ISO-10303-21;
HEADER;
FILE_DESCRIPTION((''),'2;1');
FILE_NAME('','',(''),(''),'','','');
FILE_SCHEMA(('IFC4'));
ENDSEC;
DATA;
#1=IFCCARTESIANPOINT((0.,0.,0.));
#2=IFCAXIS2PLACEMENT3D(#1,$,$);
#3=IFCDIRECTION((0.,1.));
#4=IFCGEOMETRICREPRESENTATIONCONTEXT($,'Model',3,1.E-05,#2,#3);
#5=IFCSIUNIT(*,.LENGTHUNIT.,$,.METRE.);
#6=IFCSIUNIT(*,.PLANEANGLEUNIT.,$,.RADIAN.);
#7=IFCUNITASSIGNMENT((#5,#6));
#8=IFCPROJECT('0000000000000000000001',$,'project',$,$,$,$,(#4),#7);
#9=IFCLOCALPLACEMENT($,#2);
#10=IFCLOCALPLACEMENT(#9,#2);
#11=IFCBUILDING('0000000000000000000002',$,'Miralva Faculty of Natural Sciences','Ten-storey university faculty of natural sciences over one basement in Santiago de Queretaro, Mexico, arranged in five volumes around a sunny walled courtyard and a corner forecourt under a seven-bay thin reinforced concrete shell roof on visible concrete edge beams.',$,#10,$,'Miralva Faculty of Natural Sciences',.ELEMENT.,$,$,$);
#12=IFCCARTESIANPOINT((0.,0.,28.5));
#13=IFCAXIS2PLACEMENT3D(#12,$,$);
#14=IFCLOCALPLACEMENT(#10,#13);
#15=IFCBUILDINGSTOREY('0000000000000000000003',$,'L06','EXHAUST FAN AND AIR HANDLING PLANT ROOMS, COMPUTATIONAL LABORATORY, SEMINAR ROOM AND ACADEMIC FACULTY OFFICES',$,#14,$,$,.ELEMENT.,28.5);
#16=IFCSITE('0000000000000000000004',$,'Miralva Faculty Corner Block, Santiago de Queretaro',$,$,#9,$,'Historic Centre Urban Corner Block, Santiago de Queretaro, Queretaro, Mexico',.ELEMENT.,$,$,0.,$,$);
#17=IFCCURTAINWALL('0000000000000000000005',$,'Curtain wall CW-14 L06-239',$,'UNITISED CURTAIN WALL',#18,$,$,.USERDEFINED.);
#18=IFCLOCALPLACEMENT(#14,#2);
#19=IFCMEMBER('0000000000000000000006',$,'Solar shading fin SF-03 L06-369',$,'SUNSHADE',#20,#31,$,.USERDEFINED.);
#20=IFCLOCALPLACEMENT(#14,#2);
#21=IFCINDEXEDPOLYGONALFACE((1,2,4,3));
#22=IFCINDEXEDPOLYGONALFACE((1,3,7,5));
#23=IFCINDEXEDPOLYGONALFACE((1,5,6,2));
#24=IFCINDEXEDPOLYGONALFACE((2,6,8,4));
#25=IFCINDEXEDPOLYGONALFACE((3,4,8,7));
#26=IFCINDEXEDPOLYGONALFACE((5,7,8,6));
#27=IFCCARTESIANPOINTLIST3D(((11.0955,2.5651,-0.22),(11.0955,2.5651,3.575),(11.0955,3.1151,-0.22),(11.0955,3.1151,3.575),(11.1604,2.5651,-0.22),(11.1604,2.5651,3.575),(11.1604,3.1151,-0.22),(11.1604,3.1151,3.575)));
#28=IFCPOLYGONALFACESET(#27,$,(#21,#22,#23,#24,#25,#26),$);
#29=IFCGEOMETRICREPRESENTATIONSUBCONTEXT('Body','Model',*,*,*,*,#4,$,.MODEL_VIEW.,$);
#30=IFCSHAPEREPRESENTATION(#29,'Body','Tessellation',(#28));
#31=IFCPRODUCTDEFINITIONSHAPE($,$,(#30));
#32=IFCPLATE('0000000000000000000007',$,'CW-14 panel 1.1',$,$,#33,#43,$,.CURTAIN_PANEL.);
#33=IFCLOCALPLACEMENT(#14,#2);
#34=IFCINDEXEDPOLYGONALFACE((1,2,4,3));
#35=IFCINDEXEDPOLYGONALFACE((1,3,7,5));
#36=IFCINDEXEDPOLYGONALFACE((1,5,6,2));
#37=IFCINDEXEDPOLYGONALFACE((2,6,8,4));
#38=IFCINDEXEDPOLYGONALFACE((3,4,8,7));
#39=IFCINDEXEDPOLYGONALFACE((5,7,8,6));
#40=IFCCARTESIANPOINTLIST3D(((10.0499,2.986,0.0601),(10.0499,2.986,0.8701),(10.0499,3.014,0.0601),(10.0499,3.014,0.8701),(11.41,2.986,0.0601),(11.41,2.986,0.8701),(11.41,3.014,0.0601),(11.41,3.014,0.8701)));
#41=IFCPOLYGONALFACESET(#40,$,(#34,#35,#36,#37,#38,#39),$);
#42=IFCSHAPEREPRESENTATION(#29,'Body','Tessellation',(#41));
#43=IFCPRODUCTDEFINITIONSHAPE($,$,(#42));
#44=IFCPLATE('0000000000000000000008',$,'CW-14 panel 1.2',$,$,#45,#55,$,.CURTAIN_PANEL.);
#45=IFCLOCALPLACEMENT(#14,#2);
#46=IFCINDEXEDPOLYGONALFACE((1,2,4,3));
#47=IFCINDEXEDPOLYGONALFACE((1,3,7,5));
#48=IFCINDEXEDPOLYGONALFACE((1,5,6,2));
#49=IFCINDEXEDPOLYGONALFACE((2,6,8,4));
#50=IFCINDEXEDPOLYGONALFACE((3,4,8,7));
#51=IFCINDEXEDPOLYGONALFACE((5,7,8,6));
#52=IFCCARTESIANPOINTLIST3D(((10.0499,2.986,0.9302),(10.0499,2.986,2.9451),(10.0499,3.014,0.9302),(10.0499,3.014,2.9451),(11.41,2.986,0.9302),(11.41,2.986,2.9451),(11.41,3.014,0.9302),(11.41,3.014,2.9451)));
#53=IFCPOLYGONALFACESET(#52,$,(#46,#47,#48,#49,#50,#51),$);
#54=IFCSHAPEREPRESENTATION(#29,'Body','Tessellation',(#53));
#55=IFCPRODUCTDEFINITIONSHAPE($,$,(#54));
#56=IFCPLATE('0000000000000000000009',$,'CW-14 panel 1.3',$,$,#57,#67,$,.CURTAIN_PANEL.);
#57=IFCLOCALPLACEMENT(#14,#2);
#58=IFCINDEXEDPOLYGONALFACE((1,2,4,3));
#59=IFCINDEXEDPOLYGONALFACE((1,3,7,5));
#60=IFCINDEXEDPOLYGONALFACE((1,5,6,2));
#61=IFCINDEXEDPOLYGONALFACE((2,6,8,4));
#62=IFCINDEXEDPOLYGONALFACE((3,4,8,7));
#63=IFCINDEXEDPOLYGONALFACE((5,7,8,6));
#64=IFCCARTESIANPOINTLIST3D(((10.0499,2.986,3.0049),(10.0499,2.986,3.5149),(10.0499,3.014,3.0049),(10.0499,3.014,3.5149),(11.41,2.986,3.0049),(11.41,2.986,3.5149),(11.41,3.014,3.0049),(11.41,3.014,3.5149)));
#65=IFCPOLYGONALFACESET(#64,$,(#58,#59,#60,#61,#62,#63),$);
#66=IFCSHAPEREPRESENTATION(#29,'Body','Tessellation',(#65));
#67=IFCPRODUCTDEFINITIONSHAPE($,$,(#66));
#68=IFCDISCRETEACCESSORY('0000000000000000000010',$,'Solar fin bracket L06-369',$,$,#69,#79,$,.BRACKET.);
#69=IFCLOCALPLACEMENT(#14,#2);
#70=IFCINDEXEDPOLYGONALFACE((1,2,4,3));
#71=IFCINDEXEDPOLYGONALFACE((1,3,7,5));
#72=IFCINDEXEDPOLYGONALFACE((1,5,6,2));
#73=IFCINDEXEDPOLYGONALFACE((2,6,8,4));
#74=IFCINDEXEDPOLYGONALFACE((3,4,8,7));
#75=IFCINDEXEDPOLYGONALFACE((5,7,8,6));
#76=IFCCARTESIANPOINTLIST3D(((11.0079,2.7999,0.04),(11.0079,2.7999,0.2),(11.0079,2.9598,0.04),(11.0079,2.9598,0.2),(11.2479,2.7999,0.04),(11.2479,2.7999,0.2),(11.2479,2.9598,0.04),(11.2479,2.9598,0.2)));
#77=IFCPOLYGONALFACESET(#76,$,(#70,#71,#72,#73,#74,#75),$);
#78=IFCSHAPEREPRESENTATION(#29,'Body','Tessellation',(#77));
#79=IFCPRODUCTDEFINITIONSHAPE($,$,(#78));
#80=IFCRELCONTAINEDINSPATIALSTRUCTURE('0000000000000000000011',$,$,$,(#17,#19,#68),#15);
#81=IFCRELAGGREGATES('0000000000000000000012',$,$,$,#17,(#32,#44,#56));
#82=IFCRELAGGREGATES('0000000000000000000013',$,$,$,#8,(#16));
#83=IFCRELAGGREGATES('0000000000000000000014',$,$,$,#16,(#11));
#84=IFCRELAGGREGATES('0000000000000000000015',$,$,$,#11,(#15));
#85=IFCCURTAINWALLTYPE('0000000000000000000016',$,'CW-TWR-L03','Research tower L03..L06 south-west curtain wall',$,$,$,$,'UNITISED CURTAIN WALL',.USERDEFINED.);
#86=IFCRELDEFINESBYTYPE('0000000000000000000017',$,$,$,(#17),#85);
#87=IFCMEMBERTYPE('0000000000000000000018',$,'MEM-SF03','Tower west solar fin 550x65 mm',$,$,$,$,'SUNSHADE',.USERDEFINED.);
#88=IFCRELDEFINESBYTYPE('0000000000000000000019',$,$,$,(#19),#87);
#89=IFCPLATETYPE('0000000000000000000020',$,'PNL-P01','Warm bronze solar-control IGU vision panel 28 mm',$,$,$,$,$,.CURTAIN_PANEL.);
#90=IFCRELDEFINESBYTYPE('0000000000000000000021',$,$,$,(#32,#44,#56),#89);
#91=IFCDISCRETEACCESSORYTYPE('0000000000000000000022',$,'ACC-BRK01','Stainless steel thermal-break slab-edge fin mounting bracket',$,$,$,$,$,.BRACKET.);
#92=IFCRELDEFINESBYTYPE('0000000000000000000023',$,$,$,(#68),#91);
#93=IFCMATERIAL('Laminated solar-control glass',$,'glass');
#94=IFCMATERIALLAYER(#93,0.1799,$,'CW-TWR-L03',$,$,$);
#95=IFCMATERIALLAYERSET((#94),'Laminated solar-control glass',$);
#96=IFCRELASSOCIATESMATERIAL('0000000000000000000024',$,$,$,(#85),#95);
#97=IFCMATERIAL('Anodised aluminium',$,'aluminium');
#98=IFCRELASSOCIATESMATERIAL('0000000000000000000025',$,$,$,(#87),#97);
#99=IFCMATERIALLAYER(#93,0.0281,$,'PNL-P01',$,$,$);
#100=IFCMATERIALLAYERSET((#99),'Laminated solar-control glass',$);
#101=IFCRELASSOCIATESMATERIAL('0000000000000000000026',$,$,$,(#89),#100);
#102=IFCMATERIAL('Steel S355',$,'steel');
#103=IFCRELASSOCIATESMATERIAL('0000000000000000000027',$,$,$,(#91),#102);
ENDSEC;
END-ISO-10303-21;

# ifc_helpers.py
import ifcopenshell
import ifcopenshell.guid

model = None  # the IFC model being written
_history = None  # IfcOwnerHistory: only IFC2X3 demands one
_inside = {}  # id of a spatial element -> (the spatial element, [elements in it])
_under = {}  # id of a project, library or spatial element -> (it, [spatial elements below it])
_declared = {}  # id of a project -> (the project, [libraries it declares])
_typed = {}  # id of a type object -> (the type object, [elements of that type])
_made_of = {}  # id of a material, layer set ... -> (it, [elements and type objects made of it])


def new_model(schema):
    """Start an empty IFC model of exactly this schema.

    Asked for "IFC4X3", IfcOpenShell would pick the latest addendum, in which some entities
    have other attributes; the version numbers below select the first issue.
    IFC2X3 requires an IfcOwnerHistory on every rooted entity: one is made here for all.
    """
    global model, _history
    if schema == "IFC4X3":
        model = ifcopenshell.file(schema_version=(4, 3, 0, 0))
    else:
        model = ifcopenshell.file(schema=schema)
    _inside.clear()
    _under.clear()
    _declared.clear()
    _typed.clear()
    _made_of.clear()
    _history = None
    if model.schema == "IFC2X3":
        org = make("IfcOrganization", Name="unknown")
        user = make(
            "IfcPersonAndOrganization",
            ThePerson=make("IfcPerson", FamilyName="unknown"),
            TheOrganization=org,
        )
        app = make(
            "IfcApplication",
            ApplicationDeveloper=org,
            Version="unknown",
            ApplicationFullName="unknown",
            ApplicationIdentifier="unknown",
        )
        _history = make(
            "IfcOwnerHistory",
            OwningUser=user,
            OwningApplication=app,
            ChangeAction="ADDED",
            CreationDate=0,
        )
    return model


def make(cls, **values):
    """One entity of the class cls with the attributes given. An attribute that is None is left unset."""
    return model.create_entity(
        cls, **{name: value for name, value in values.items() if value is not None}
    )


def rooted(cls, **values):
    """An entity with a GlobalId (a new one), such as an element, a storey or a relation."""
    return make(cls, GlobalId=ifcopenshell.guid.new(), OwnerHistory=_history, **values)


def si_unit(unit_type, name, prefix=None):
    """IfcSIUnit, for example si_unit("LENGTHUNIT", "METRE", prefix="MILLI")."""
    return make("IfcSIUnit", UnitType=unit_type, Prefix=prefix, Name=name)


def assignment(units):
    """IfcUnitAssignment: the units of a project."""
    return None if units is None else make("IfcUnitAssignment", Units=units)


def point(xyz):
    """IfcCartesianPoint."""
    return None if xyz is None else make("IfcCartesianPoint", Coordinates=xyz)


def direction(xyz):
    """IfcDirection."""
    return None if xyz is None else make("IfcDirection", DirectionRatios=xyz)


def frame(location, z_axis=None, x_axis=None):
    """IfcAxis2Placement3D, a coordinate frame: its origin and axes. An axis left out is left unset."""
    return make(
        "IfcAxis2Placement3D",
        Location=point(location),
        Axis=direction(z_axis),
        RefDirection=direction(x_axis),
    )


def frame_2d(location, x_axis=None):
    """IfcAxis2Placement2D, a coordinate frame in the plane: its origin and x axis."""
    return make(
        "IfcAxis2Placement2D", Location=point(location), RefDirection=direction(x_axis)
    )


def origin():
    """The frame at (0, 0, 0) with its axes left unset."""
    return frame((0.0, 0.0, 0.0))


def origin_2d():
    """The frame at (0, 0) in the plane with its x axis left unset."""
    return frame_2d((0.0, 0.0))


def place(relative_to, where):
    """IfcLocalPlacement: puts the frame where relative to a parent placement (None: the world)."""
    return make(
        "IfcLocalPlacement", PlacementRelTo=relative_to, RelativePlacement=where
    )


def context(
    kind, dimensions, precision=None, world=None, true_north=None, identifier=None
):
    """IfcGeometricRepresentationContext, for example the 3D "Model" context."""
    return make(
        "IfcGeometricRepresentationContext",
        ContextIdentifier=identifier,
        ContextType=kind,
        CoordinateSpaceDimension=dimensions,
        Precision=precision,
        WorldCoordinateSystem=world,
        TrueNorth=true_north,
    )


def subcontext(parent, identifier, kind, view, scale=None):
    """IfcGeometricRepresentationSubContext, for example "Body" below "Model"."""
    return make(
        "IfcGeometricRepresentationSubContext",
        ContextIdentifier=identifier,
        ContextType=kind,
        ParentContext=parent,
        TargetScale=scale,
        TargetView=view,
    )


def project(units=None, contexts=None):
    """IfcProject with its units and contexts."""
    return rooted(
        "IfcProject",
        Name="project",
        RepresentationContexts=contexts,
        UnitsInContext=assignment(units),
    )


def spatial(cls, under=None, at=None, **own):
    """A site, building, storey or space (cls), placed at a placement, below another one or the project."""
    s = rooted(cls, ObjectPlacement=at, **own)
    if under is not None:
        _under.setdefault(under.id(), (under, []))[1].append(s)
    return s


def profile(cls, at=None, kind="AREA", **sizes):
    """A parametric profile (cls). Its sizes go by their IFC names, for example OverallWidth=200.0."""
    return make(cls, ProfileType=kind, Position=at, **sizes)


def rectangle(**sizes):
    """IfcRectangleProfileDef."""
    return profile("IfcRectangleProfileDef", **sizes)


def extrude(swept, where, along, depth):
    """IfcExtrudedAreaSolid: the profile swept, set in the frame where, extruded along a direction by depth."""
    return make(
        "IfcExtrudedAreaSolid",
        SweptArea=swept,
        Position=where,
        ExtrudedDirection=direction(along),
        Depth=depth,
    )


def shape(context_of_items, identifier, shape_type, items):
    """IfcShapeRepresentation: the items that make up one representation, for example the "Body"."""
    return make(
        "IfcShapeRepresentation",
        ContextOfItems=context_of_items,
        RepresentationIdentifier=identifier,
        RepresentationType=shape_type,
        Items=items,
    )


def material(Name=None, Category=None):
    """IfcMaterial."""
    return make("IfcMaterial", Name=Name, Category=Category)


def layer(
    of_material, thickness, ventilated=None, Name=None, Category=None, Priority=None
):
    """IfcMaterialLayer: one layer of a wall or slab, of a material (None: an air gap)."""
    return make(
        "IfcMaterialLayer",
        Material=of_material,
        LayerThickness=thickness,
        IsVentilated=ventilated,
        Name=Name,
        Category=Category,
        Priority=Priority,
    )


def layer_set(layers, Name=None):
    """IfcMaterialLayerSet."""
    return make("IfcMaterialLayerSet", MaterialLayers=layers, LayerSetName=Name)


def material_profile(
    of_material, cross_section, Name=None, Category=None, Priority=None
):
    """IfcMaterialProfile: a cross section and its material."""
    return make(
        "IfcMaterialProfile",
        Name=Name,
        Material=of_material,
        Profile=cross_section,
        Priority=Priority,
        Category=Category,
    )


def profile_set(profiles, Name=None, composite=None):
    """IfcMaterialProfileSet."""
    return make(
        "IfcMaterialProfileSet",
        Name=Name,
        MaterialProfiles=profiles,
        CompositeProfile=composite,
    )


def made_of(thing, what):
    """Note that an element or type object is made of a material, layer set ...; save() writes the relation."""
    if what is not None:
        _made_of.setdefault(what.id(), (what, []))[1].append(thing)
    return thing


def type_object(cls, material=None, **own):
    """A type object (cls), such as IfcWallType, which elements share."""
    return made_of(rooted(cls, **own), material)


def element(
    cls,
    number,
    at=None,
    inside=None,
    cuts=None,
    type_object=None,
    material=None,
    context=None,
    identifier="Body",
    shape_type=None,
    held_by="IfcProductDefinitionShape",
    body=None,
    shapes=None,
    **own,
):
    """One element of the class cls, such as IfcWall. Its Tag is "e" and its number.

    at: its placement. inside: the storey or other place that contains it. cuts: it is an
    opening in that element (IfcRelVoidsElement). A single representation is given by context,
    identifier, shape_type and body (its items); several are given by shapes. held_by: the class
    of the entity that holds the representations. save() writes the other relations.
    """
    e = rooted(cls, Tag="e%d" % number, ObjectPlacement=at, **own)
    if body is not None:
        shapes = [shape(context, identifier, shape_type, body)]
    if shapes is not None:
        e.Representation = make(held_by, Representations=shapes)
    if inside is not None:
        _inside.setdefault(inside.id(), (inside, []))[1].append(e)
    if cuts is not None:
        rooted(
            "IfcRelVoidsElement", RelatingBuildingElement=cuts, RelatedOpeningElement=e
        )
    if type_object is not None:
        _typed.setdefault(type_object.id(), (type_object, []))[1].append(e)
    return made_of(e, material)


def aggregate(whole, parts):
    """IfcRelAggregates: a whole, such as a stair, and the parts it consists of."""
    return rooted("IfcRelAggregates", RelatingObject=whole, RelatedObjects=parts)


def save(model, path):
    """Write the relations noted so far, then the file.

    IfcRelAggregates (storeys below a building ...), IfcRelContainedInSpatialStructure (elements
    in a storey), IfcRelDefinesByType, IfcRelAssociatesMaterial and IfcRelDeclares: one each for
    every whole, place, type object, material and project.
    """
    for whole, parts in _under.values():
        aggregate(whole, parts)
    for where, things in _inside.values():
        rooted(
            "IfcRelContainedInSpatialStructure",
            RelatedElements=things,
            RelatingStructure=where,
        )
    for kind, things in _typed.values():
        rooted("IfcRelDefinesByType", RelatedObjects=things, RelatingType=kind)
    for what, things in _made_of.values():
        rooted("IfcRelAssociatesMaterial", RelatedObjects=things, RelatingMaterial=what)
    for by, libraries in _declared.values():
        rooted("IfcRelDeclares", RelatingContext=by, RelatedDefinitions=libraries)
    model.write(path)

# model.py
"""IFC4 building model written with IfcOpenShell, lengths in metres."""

from ifc_helpers import new_model, si_unit, direction, frame, origin, origin_2d, place, context, subcontext, project, spatial, rectangle, extrude, material, layer, layer_set, material_profile, profile_set, type_object, element, aggregate, save


model = new_model("IFC4")

# Units and contexts
model_context = context("Model", 3, precision=1e-05, world=origin(), true_north=direction((0.0, 1.0)))
body_context = subcontext(model_context, "Body", "Model", "MODEL_VIEW")
ifc_project = project(units=[si_unit("LENGTHUNIT", "METRE"), si_unit("PLANEANGLEUNIT", "RADIAN")], contexts=[model_context])

# Site, building, storey
site_placement = place(None, origin())
site = spatial("IfcSite", under=ifc_project, at=site_placement, Name="Miralva Faculty Corner Block, Santiago de Queretaro", LongName="Historic Centre Urban Corner Block, Santiago de Queretaro, Queretaro, Mexico", CompositionType="ELEMENT", RefElevation=0.0)
building_placement = place(site_placement, origin())
building = spatial("IfcBuilding", under=site, at=building_placement, Name="Miralva Faculty of Natural Sciences", Description="Ten-storey university faculty of natural sciences over one basement in Santiago de Queretaro, Mexico, arranged in five volumes around a sunny walled courtyard and a corner forecourt under a seven-bay thin reinforced concrete shell roof on visible concrete edge beams.", LongName="Miralva Faculty of Natural Sciences", CompositionType="ELEMENT")
storey_placement = place(building_placement, frame((0.0, 0.0, 28.5)))
storey = spatial("IfcBuildingStorey", under=building, at=storey_placement, Name="L06", Description="EXHAUST FAN AND AIR HANDLING PLANT ROOMS, COMPUTATIONAL LABORATORY, SEMINAR ROOM AND ACADEMIC FACULTY OFFICES", CompositionType="ELEMENT", Elevation=28.5)

# Curtain wall
ifc_material_1 = material(Name="Laminated solar-control glass", Category="glass")
ifc_layer_1 = layer(ifc_material_1, 0.1799, Name="CW-TWR-L03")
ifc_layer_set_1 = layer_set([ifc_layer_1], Name="Laminated solar-control glass")
curtain_wall_type = type_object("IfcCurtainWallType", Name="CW-TWR-L03", Description="Research tower L03..L06 south-west curtain wall", ElementType="UNITISED CURTAIN WALL", PredefinedType="USERDEFINED", material=ifc_layer_set_1)
curtain_wall_placement = place(storey_placement, origin())
curtain_wall = element("IfcCurtainWall", 1, at=curtain_wall_placement, inside=storey, type_object=curtain_wall_type, Name="Curtain wall CW-14 L06-239", ObjectType="UNITISED CURTAIN WALL", PredefinedType="USERDEFINED")
ifc_material_2 = material(Name="Anodised aluminium", Category="aluminium")

# Member
ifc_material_profile_1 = material_profile(ifc_material_2, rectangle(XDim=0.0649, YDim=0.55, at=origin_2d()), Name="FIN 550x65")
ifc_profile_set_1 = profile_set([ifc_material_profile_1], Name="Anodised aluminium")
member_type_1 = type_object("IfcMemberType", Name="MEM-SF03", Description="Tower west solar fin 550x65 mm", ElementType="SUNSHADE", PredefinedType="USERDEFINED", material=ifc_profile_set_1)
member_1_placement = place(storey_placement, frame((11.1279, 2.8401, -0.22), z_axis=(0.0, 0.0, 1.0), x_axis=(1.0, 0.0, 0.0)))
element("IfcMember", 2, at=member_1_placement, inside=storey, type_object=member_type_1, Name="Solar shading fin SF-03 L06-369", ObjectType="SUNSHADE", PredefinedType="USERDEFINED", context=body_context, shape_type="SweptSolid", body=[
    extrude(rectangle(XDim=0.0649, YDim=0.55, at=origin_2d()), origin(), (0.0, 0.0, 1.0), 3.7949),
])

# Plates
ifc_layer_2 = layer(ifc_material_1, 0.0281, Name="PNL-P01")
ifc_layer_set_2 = layer_set([ifc_layer_2], Name="Laminated solar-control glass")
plate_type = type_object("IfcPlateType", Name="PNL-P01", Description="Warm bronze solar-control IGU vision panel 28 mm", PredefinedType="CURTAIN_PANEL", material=ifc_layer_set_2)
plate_1_placement = place(storey_placement, frame((10.73, 3.0, 0.0601), z_axis=(0.0, 0.0, 1.0), x_axis=(1.0, 0.0, 0.0)))
plate_1 = element("IfcPlate", 3, at=plate_1_placement, type_object=plate_type, Name="CW-14 panel 1.1", PredefinedType="CURTAIN_PANEL", context=body_context, shape_type="SweptSolid", body=[
    extrude(rectangle(XDim=1.3601, YDim=0.0281, at=origin_2d()), origin(), (0.0, 0.0, 1.0), 0.8101),
])
plate_2_placement = place(storey_placement, frame((10.73, 3.0, 0.9302), z_axis=(0.0, 0.0, 1.0), x_axis=(1.0, 0.0, 0.0)))
plate_2 = element("IfcPlate", 4, at=plate_2_placement, type_object=plate_type, Name="CW-14 panel 1.2", PredefinedType="CURTAIN_PANEL", context=body_context, shape_type="SweptSolid", body=[
    extrude(rectangle(XDim=1.3601, YDim=0.0281, at=origin_2d()), origin(), (0.0, 0.0, 1.0), 2.0149),
])
plate_3_placement = place(storey_placement, frame((10.73, 3.0, 3.0049), z_axis=(0.0, 0.0, 1.0), x_axis=(1.0, 0.0, 0.0)))
plate_3 = element("IfcPlate", 5, at=plate_3_placement, type_object=plate_type, Name="CW-14 panel 1.3", PredefinedType="CURTAIN_PANEL", context=body_context, shape_type="SweptSolid", body=[
    extrude(rectangle(XDim=1.3601, YDim=0.0281, at=origin_2d()), origin(), (0.0, 0.0, 1.0), 0.51),
])
aggregate(curtain_wall, [plate_1, plate_2, plate_3])

# Discrete accessory
ifc_material_3 = material(Name="Steel S355", Category="steel")
discrete_accessory_type = type_object("IfcDiscreteAccessoryType", Name="ACC-BRK01", Description="Stainless steel thermal-break slab-edge fin mounting bracket", PredefinedType="BRACKET", material=ifc_material_3)
discrete_accessory_placement = place(storey_placement, frame((11.1279, 2.8799, 0.04), z_axis=(0.0, 0.0, 1.0), x_axis=(0.0, -1.0, 0.0)))
element("IfcDiscreteAccessory", 6, at=discrete_accessory_placement, inside=storey, type_object=discrete_accessory_type, Name="Solar fin bracket L06-369", PredefinedType="BRACKET", context=body_context, shape_type="SweptSolid", body=[
    extrude(rectangle(XDim=0.1599, YDim=0.24, at=origin_2d()), origin(), (0.0, 0.0, 1.0), 0.1599),
])

save(model, "model.ifc")
